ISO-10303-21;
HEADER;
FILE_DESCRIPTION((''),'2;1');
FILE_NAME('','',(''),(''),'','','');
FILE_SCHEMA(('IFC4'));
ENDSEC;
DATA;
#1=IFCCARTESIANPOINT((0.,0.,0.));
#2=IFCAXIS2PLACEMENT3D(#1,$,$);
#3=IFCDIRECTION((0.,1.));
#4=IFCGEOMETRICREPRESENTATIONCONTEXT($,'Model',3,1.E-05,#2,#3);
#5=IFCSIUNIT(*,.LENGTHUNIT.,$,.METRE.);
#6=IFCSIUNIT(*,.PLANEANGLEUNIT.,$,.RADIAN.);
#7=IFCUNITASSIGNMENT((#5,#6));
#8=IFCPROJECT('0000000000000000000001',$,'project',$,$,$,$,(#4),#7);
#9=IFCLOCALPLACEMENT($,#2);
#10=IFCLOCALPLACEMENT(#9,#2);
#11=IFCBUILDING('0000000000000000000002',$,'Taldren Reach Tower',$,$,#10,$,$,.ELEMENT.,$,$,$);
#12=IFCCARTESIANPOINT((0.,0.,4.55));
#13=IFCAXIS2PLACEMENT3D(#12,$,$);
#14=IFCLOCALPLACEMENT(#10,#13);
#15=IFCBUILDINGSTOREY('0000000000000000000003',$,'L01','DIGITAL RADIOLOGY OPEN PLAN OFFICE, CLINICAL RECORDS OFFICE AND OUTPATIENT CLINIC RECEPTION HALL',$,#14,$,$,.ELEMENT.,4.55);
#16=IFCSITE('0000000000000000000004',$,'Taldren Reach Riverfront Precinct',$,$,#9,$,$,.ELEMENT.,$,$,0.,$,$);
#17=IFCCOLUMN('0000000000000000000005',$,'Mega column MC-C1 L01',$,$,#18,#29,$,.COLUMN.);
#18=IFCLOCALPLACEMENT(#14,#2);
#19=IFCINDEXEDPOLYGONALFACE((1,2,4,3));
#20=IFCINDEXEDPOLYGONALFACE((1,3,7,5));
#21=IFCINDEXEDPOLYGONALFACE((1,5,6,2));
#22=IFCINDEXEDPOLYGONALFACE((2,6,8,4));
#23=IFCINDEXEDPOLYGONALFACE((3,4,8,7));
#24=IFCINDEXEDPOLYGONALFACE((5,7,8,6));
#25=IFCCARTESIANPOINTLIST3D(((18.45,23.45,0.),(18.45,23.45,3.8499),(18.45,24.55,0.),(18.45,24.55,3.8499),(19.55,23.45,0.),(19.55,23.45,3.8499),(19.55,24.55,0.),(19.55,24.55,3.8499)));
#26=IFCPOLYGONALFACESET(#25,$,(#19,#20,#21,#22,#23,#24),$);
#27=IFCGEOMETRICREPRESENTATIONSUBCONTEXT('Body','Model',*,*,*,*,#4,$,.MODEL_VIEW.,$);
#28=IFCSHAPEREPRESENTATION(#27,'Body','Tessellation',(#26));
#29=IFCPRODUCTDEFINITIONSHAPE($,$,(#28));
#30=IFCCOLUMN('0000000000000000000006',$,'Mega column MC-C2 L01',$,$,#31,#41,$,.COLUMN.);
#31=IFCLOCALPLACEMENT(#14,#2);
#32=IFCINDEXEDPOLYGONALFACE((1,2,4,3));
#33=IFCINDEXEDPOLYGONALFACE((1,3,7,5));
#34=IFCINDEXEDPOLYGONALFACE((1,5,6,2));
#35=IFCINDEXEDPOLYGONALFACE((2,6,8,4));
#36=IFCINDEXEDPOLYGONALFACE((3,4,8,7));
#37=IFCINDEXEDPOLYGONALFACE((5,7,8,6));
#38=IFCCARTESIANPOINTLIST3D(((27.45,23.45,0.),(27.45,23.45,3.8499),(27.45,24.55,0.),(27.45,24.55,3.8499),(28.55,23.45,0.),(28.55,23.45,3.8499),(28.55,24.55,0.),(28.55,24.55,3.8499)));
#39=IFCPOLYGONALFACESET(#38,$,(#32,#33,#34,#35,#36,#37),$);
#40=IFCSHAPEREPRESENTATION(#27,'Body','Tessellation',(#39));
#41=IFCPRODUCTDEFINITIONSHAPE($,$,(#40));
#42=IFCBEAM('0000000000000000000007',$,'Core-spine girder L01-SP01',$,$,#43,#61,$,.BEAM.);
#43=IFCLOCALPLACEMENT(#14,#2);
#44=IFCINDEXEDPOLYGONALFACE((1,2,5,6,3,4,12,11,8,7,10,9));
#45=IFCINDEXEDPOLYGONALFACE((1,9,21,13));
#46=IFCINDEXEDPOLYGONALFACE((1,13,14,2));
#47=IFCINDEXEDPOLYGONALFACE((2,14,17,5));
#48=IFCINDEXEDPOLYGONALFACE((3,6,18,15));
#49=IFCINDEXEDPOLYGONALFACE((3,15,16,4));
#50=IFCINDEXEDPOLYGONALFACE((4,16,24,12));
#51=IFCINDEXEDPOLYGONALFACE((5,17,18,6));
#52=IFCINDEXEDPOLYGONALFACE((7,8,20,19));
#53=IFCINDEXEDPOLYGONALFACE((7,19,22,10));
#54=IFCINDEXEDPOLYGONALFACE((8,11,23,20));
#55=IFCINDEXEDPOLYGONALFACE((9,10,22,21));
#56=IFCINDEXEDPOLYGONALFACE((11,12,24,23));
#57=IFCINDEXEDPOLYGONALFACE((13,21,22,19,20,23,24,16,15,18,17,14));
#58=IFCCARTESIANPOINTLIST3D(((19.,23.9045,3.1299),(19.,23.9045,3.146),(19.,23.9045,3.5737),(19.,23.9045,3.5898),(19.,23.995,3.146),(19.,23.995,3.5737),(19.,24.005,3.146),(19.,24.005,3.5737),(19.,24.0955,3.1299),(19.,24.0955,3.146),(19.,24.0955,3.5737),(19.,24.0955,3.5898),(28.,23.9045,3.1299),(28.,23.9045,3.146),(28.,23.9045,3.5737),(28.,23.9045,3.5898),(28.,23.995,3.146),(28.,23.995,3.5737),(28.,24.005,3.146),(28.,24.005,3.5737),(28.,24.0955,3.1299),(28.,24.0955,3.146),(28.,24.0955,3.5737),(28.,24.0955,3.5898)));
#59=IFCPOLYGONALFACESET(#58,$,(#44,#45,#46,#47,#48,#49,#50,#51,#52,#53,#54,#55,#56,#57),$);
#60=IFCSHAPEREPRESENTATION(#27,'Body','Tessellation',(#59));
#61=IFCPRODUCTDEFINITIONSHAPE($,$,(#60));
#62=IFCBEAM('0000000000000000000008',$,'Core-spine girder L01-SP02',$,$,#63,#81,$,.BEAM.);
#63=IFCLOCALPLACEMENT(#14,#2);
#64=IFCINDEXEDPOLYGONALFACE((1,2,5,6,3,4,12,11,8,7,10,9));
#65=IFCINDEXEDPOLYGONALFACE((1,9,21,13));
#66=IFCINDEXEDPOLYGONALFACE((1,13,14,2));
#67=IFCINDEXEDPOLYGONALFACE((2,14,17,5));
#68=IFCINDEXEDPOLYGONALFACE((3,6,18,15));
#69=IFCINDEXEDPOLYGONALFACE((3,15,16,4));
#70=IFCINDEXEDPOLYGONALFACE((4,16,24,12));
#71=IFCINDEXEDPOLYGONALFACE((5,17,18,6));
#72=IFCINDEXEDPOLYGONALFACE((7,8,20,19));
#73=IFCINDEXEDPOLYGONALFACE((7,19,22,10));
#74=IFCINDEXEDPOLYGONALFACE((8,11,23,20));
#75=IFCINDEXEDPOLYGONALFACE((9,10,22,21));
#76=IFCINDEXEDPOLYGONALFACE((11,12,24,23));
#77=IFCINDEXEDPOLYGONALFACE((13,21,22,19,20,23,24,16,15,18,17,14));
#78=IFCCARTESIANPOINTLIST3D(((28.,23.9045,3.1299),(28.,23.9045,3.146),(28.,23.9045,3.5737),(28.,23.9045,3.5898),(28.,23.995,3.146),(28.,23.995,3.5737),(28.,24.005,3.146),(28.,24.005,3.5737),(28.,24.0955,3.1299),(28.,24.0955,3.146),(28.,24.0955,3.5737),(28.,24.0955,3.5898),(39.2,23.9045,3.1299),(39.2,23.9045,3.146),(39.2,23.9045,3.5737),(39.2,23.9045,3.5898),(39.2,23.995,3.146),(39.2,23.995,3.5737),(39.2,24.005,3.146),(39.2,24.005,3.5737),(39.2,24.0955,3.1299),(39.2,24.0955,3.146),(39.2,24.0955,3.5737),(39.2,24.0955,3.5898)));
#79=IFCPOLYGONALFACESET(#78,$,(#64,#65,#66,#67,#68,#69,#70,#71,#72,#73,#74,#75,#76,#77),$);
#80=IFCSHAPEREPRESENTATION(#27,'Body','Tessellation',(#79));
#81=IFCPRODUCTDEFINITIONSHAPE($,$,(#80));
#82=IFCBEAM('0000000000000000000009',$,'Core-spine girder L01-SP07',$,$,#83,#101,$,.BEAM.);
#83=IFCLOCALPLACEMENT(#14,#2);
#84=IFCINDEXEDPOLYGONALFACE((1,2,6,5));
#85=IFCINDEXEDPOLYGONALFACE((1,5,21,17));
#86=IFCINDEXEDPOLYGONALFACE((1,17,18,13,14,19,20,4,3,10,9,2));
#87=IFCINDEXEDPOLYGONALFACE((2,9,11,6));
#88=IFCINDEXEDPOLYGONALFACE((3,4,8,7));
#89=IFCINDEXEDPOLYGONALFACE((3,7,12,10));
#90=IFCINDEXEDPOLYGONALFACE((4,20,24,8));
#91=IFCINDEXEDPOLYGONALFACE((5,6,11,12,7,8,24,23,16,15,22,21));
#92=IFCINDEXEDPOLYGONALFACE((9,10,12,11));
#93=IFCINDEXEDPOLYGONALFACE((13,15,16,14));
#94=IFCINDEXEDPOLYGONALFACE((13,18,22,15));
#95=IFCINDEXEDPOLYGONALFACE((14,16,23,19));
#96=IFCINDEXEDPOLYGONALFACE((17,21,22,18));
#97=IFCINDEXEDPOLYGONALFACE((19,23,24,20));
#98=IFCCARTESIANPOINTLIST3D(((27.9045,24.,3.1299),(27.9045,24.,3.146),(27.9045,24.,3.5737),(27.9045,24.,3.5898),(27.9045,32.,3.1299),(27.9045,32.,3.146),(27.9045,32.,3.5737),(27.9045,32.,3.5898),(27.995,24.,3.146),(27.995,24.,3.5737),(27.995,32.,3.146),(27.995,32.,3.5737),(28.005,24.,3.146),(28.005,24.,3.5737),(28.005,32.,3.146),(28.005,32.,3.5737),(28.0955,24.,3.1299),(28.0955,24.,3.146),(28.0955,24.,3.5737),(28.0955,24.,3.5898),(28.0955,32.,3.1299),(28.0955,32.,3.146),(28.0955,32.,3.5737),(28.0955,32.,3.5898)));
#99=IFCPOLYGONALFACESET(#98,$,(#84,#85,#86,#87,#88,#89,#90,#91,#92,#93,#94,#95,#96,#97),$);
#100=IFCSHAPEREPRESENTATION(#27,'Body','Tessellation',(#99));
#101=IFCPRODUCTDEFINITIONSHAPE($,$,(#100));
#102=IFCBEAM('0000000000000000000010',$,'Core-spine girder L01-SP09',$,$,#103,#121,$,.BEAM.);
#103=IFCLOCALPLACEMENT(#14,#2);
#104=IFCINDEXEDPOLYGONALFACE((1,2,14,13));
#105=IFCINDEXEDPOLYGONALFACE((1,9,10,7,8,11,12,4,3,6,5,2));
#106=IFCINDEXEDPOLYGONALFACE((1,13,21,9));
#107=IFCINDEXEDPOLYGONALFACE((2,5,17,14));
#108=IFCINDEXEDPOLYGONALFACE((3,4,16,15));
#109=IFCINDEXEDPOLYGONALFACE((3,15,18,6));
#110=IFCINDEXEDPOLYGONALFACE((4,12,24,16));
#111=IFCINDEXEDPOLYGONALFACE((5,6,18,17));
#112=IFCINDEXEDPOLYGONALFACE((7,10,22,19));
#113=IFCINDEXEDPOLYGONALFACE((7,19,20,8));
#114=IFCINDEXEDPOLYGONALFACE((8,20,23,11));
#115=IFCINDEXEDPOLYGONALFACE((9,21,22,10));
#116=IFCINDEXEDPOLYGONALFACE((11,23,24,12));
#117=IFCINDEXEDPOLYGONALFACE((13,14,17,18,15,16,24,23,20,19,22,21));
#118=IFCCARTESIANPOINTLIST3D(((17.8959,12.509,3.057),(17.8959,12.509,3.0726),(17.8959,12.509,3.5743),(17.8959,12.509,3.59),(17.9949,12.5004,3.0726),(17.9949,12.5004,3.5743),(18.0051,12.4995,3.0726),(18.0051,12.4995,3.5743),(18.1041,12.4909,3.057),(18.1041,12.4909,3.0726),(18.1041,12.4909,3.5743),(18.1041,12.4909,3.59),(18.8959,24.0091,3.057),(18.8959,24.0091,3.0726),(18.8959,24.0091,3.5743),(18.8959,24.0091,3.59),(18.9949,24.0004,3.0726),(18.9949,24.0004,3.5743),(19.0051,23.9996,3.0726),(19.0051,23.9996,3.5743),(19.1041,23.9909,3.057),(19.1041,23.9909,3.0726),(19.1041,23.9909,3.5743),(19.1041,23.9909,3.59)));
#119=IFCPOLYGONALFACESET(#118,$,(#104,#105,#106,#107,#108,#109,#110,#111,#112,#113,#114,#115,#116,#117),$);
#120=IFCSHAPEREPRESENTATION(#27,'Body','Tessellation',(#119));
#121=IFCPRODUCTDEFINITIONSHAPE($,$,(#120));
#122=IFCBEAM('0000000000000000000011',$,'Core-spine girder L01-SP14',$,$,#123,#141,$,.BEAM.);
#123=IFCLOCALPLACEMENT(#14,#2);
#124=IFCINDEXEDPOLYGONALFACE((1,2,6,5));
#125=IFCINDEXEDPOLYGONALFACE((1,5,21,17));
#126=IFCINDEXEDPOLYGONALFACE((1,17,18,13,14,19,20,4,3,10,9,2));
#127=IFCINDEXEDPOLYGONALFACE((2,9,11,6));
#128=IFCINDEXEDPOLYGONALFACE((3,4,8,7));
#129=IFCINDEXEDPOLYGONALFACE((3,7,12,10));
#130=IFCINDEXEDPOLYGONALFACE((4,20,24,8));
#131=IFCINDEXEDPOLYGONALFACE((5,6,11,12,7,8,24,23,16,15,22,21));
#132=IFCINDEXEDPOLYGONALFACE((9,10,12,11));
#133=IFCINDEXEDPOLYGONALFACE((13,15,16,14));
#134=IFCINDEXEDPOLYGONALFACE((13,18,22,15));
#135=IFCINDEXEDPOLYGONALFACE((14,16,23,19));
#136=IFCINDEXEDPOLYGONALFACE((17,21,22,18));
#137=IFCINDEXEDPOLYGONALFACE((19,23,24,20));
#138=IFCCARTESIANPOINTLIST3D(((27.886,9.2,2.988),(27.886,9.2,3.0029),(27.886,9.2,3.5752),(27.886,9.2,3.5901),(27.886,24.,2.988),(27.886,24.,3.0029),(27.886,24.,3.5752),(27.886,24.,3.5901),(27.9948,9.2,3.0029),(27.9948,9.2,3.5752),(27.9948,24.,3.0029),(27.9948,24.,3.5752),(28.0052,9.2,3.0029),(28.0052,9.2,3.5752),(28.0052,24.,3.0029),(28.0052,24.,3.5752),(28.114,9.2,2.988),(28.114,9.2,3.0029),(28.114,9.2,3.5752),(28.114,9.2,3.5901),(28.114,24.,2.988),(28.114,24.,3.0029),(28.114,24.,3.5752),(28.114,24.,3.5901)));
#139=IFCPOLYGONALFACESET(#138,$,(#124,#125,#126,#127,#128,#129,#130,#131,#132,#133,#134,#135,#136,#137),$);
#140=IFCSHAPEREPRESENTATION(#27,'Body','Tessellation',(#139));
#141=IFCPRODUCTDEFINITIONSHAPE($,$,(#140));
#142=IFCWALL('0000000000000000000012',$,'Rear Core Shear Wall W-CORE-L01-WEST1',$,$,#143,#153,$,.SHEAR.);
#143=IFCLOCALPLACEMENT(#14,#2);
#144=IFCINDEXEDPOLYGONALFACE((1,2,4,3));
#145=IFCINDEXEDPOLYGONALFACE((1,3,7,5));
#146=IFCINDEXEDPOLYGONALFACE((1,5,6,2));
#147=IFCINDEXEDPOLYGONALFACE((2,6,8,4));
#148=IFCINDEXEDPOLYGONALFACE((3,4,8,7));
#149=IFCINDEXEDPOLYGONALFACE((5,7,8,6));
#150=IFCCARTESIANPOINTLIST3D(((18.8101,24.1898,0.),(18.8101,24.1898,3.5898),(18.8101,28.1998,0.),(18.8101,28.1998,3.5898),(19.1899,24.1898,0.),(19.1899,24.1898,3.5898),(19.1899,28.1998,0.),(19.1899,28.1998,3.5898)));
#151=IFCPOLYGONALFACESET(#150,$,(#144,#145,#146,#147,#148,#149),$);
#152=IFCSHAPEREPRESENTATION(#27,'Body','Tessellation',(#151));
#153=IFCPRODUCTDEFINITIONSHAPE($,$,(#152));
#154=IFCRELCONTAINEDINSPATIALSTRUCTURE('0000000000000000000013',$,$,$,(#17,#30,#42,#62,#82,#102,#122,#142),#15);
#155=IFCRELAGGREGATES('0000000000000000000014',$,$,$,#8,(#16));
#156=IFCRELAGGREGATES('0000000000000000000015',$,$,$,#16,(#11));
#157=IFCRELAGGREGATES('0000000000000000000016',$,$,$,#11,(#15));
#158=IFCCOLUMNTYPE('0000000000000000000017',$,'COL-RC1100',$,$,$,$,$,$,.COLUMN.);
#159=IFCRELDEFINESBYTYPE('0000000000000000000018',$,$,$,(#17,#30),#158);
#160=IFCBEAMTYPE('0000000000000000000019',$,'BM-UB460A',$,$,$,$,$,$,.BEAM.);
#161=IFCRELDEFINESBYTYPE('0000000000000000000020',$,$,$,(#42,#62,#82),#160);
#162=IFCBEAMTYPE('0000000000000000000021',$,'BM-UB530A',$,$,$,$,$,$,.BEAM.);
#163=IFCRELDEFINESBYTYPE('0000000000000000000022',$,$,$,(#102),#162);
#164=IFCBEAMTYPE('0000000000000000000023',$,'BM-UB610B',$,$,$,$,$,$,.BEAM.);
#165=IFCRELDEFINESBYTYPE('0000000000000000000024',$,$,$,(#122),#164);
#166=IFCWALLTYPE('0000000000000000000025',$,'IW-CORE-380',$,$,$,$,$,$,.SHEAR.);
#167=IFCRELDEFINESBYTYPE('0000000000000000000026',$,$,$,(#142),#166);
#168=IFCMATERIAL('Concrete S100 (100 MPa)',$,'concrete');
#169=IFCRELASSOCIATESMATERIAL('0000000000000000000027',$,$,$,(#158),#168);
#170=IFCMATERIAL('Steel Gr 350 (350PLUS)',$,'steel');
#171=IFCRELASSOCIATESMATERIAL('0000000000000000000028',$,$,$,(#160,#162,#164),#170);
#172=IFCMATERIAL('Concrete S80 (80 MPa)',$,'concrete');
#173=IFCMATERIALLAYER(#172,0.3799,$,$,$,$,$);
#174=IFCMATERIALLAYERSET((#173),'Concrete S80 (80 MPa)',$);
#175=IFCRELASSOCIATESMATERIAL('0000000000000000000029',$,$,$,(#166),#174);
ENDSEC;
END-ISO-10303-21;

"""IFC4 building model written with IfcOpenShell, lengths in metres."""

from ifc_helpers import new_model, si_unit, direction, frame, frame_2d, origin, origin_2d, place, context, subcontext, project, spatial, rectangle, i_section, extrude, source, transform, mapped, material, layer, layer_set, material_profile, profile_set, type_object, element, save


model = new_model("IFC4")

# Units and contexts
model_context = context("Model", 3, precision=1e-05, world=origin(), true_north=direction((0.0, 1.0)))
body_context = subcontext(model_context, "Body", "Model", "MODEL_VIEW")
ifc_project = project(units=[si_unit("LENGTHUNIT", "METRE"), si_unit("PLANEANGLEUNIT", "RADIAN")], contexts=[model_context])

# Site, building, storey
site_placement = place(None, origin())
site = spatial("IfcSite", under=ifc_project, at=site_placement, Name="Taldren Reach Riverfront Precinct", CompositionType="ELEMENT", RefElevation=0.0)
building_placement = place(site_placement, origin())
building = spatial("IfcBuilding", under=site, at=building_placement, Name="Taldren Reach Tower", CompositionType="ELEMENT")
storey_placement = place(building_placement, frame((0.0, 0.0, 4.55)))
storey = spatial("IfcBuildingStorey", under=building, at=storey_placement, Name="L01", Description="DIGITAL RADIOLOGY OPEN PLAN OFFICE, CLINICAL RECORDS OFFICE AND OUTPATIENT CLINIC RECEPTION HALL", CompositionType="ELEMENT", Elevation=4.55)

# Columns
ifc_material_1 = material(Name="Concrete S100 (100 MPa)", Category="concrete")
ifc_material_profile_1 = material_profile(ifc_material_1, rectangle(XDim=1.1001, YDim=1.1001, at=origin_2d()), Name="RC-1100x1100")
ifc_profile_set_1 = profile_set([ifc_material_profile_1], Name="Concrete S100 (100 MPa)")
column_type = type_object("IfcColumnType", Name="COL-RC1100", PredefinedType="COLUMN", material=ifc_profile_set_1)
shared_shape_1 = source(origin(), body_context, "Body", "SweptSolid", [
    extrude(rectangle(XDim=1.1001, YDim=1.1001, at=origin_2d()), origin(), (0.0, 0.0, 1.0), 3.8499),
])
for number, where, z_axis, x_axis, name in (
    (1, (19.0, 24.0, 0.0), (0.0, 0.0, 1.0), (1.0, 0.0, 0.0), "Mega column MC-C1 L01"),
    (2, (28.0, 24.0, 0.0), (0.0, 0.0, 1.0), (1.0, 0.0, 0.0), "Mega column MC-C2 L01"),
):
    element("IfcColumn", number, at=place(storey_placement, frame(where, z_axis=z_axis, x_axis=x_axis)), inside=storey, type_object=column_type, Name=name, PredefinedType="COLUMN", context=body_context, shape_type="MappedRepresentation", body=[
        mapped(shared_shape_1, transform((0.0, 0.0, 0.0), scale=1.0)),
    ])

# Beams
ifc_material_2 = material(Name="Steel Gr 350 (350PLUS)", Category="steel")
ifc_material_profile_2 = material_profile(ifc_material_2, i_section(OverallWidth=0.1909, OverallDepth=0.46, WebThickness=0.01, FlangeThickness=0.0161, at=origin_2d()), Name="460UB82.1")
ifc_profile_set_2 = profile_set([ifc_material_profile_2], Name="Steel Gr 350 (350PLUS)")
beam_type_1 = type_object("IfcBeamType", Name="BM-UB460A", PredefinedType="BEAM", material=ifc_profile_set_2)
shared_shape_2 = source(origin(), body_context, "Body", "SweptSolid", [
    extrude(i_section(OverallWidth=0.1909, OverallDepth=0.46, WebThickness=0.01, FlangeThickness=0.0161, at=origin_2d()), origin(), (0.0, 0.0, 1.0), 9.0),
])
beam_1_placement = place(storey_placement, frame((19.0, 24.0, 3.3599), z_axis=(1.0, 0.0, 0.0), x_axis=(0.0, 1.0, 0.0)))
element("IfcBeam", 3, at=beam_1_placement, inside=storey, type_object=beam_type_1, Name="Core-spine girder L01-SP01", PredefinedType="BEAM", context=body_context, shape_type="MappedRepresentation", body=[
    mapped(shared_shape_2, transform((0.0, 0.0, 0.0), scale=1.0)),
])
shared_shape_3 = source(origin(), body_context, "Body", "SweptSolid", [
    extrude(i_section(OverallWidth=0.1909, OverallDepth=0.46, WebThickness=0.01, FlangeThickness=0.0161, at=origin_2d()), origin(), (0.0, 0.0, 1.0), 11.2),
])
beam_2_placement = place(storey_placement, frame((28.0, 24.0, 3.3599), z_axis=(1.0, 0.0, 0.0), x_axis=(0.0, 1.0, 0.0)))
element("IfcBeam", 4, at=beam_2_placement, inside=storey, type_object=beam_type_1, Name="Core-spine girder L01-SP02", PredefinedType="BEAM", context=body_context, shape_type="MappedRepresentation", body=[
    mapped(shared_shape_3, transform((0.0, 0.0, 0.0), scale=1.0)),
])
shared_shape_4 = source(origin(), body_context, "Body", "SweptSolid", [
    extrude(i_section(OverallWidth=0.1909, OverallDepth=0.46, WebThickness=0.01, FlangeThickness=0.0161, at=origin_2d()), origin(), (0.0, 0.0, 1.0), 8.0),
])
beam_3_placement = place(storey_placement, frame((28.0, 24.0, 3.3599), z_axis=(0.0, 1.0, 0.0), x_axis=(-1.0, 0.0, 0.0)))
element("IfcBeam", 5, at=beam_3_placement, inside=storey, type_object=beam_type_1, Name="Core-spine girder L01-SP07", PredefinedType="BEAM", context=body_context, shape_type="MappedRepresentation", body=[
    mapped(shared_shape_4, transform((0.0, 0.0, 0.0), scale=1.0)),
])
ifc_material_profile_3 = material_profile(ifc_material_2, i_section(OverallWidth=0.209, OverallDepth=0.533, WebThickness=0.0103, FlangeThickness=0.0156, at=origin_2d()), Name="530UB92.4")
ifc_profile_set_3 = profile_set([ifc_material_profile_3], Name="Steel Gr 350 (350PLUS)")
beam_type_2 = type_object("IfcBeamType", Name="BM-UB530A", PredefinedType="BEAM", material=ifc_profile_set_3)
shared_shape_5 = source(origin(), body_context, "Body", "SweptSolid", [
    extrude(i_section(OverallWidth=0.209, OverallDepth=0.533, WebThickness=0.0103, FlangeThickness=0.0156, at=origin_2d()), origin(), (0.0, 0.0, 1.0), 11.5435),
])
beam_4_placement = place(storey_placement, frame((19.0, 24.0, 3.3235), z_axis=(-0.08663, -0.996241, 0.0), x_axis=(0.996241, -0.08663, 0.0)))
element("IfcBeam", 6, at=beam_4_placement, inside=storey, type_object=beam_type_2, Name="Core-spine girder L01-SP09", PredefinedType="BEAM", context=body_context, shape_type="MappedRepresentation", body=[
    mapped(shared_shape_5, transform((0.0, 0.0, 0.0), scale=1.0)),
])
ifc_material_profile_4 = material_profile(ifc_material_2, i_section(OverallWidth=0.228, OverallDepth=0.6021, WebThickness=0.0105, FlangeThickness=0.0149, at=origin_2d()), Name="610UB101")
ifc_profile_set_4 = profile_set([ifc_material_profile_4], Name="Steel Gr 350 (350PLUS)")
beam_type_3 = type_object("IfcBeamType", Name="BM-UB610B", PredefinedType="BEAM", material=ifc_profile_set_4)
shared_shape_6 = source(origin(), body_context, "Body", "SweptSolid", [
    extrude(i_section(OverallWidth=0.228, OverallDepth=0.6021, WebThickness=0.0105, FlangeThickness=0.0149, at=origin_2d()), origin(), (0.0, 0.0, 1.0), 14.8),
])
beam_5_placement = place(storey_placement, frame((28.0, 24.0, 3.2891), z_axis=(0.0, -1.0, 0.0), x_axis=(1.0, 0.0, 0.0)))
element("IfcBeam", 7, at=beam_5_placement, inside=storey, type_object=beam_type_3, Name="Core-spine girder L01-SP14", PredefinedType="BEAM", context=body_context, shape_type="MappedRepresentation", body=[
    mapped(shared_shape_6, transform((0.0, 0.0, 0.0), scale=1.0)),
])

# Wall
ifc_material_3 = material(Name="Concrete S80 (80 MPa)", Category="concrete")
ifc_layer_1 = layer(ifc_material_3, 0.3799)
ifc_layer_set_1 = layer_set([ifc_layer_1], Name="Concrete S80 (80 MPa)")
wall_type_1 = type_object("IfcWallType", Name="IW-CORE-380", PredefinedType="SHEAR", material=ifc_layer_set_1)
shared_shape_7 = source(origin(), body_context, "Body", "SweptSolid", [
    extrude(rectangle(XDim=4.01, YDim=0.3799, at=frame_2d((2.0049, 0.0))), origin(), (0.0, 0.0, 1.0), 3.5898),
])
wall_1_placement = place(storey_placement, frame((19.0, 24.1899, 0.0), z_axis=(0.0, 0.0, 1.0), x_axis=(0.0, 1.0, 0.0)))
element("IfcWall", 8, at=wall_1_placement, inside=storey, type_object=wall_type_1, Name="Rear Core Shear Wall W-CORE-L01-WEST1", PredefinedType="SHEAR", context=body_context, shape_type="MappedRepresentation", body=[
    mapped(shared_shape_7, transform((0.0, 0.0, 0.0), scale=1.0)),
])

save(model, "model.ifc")
